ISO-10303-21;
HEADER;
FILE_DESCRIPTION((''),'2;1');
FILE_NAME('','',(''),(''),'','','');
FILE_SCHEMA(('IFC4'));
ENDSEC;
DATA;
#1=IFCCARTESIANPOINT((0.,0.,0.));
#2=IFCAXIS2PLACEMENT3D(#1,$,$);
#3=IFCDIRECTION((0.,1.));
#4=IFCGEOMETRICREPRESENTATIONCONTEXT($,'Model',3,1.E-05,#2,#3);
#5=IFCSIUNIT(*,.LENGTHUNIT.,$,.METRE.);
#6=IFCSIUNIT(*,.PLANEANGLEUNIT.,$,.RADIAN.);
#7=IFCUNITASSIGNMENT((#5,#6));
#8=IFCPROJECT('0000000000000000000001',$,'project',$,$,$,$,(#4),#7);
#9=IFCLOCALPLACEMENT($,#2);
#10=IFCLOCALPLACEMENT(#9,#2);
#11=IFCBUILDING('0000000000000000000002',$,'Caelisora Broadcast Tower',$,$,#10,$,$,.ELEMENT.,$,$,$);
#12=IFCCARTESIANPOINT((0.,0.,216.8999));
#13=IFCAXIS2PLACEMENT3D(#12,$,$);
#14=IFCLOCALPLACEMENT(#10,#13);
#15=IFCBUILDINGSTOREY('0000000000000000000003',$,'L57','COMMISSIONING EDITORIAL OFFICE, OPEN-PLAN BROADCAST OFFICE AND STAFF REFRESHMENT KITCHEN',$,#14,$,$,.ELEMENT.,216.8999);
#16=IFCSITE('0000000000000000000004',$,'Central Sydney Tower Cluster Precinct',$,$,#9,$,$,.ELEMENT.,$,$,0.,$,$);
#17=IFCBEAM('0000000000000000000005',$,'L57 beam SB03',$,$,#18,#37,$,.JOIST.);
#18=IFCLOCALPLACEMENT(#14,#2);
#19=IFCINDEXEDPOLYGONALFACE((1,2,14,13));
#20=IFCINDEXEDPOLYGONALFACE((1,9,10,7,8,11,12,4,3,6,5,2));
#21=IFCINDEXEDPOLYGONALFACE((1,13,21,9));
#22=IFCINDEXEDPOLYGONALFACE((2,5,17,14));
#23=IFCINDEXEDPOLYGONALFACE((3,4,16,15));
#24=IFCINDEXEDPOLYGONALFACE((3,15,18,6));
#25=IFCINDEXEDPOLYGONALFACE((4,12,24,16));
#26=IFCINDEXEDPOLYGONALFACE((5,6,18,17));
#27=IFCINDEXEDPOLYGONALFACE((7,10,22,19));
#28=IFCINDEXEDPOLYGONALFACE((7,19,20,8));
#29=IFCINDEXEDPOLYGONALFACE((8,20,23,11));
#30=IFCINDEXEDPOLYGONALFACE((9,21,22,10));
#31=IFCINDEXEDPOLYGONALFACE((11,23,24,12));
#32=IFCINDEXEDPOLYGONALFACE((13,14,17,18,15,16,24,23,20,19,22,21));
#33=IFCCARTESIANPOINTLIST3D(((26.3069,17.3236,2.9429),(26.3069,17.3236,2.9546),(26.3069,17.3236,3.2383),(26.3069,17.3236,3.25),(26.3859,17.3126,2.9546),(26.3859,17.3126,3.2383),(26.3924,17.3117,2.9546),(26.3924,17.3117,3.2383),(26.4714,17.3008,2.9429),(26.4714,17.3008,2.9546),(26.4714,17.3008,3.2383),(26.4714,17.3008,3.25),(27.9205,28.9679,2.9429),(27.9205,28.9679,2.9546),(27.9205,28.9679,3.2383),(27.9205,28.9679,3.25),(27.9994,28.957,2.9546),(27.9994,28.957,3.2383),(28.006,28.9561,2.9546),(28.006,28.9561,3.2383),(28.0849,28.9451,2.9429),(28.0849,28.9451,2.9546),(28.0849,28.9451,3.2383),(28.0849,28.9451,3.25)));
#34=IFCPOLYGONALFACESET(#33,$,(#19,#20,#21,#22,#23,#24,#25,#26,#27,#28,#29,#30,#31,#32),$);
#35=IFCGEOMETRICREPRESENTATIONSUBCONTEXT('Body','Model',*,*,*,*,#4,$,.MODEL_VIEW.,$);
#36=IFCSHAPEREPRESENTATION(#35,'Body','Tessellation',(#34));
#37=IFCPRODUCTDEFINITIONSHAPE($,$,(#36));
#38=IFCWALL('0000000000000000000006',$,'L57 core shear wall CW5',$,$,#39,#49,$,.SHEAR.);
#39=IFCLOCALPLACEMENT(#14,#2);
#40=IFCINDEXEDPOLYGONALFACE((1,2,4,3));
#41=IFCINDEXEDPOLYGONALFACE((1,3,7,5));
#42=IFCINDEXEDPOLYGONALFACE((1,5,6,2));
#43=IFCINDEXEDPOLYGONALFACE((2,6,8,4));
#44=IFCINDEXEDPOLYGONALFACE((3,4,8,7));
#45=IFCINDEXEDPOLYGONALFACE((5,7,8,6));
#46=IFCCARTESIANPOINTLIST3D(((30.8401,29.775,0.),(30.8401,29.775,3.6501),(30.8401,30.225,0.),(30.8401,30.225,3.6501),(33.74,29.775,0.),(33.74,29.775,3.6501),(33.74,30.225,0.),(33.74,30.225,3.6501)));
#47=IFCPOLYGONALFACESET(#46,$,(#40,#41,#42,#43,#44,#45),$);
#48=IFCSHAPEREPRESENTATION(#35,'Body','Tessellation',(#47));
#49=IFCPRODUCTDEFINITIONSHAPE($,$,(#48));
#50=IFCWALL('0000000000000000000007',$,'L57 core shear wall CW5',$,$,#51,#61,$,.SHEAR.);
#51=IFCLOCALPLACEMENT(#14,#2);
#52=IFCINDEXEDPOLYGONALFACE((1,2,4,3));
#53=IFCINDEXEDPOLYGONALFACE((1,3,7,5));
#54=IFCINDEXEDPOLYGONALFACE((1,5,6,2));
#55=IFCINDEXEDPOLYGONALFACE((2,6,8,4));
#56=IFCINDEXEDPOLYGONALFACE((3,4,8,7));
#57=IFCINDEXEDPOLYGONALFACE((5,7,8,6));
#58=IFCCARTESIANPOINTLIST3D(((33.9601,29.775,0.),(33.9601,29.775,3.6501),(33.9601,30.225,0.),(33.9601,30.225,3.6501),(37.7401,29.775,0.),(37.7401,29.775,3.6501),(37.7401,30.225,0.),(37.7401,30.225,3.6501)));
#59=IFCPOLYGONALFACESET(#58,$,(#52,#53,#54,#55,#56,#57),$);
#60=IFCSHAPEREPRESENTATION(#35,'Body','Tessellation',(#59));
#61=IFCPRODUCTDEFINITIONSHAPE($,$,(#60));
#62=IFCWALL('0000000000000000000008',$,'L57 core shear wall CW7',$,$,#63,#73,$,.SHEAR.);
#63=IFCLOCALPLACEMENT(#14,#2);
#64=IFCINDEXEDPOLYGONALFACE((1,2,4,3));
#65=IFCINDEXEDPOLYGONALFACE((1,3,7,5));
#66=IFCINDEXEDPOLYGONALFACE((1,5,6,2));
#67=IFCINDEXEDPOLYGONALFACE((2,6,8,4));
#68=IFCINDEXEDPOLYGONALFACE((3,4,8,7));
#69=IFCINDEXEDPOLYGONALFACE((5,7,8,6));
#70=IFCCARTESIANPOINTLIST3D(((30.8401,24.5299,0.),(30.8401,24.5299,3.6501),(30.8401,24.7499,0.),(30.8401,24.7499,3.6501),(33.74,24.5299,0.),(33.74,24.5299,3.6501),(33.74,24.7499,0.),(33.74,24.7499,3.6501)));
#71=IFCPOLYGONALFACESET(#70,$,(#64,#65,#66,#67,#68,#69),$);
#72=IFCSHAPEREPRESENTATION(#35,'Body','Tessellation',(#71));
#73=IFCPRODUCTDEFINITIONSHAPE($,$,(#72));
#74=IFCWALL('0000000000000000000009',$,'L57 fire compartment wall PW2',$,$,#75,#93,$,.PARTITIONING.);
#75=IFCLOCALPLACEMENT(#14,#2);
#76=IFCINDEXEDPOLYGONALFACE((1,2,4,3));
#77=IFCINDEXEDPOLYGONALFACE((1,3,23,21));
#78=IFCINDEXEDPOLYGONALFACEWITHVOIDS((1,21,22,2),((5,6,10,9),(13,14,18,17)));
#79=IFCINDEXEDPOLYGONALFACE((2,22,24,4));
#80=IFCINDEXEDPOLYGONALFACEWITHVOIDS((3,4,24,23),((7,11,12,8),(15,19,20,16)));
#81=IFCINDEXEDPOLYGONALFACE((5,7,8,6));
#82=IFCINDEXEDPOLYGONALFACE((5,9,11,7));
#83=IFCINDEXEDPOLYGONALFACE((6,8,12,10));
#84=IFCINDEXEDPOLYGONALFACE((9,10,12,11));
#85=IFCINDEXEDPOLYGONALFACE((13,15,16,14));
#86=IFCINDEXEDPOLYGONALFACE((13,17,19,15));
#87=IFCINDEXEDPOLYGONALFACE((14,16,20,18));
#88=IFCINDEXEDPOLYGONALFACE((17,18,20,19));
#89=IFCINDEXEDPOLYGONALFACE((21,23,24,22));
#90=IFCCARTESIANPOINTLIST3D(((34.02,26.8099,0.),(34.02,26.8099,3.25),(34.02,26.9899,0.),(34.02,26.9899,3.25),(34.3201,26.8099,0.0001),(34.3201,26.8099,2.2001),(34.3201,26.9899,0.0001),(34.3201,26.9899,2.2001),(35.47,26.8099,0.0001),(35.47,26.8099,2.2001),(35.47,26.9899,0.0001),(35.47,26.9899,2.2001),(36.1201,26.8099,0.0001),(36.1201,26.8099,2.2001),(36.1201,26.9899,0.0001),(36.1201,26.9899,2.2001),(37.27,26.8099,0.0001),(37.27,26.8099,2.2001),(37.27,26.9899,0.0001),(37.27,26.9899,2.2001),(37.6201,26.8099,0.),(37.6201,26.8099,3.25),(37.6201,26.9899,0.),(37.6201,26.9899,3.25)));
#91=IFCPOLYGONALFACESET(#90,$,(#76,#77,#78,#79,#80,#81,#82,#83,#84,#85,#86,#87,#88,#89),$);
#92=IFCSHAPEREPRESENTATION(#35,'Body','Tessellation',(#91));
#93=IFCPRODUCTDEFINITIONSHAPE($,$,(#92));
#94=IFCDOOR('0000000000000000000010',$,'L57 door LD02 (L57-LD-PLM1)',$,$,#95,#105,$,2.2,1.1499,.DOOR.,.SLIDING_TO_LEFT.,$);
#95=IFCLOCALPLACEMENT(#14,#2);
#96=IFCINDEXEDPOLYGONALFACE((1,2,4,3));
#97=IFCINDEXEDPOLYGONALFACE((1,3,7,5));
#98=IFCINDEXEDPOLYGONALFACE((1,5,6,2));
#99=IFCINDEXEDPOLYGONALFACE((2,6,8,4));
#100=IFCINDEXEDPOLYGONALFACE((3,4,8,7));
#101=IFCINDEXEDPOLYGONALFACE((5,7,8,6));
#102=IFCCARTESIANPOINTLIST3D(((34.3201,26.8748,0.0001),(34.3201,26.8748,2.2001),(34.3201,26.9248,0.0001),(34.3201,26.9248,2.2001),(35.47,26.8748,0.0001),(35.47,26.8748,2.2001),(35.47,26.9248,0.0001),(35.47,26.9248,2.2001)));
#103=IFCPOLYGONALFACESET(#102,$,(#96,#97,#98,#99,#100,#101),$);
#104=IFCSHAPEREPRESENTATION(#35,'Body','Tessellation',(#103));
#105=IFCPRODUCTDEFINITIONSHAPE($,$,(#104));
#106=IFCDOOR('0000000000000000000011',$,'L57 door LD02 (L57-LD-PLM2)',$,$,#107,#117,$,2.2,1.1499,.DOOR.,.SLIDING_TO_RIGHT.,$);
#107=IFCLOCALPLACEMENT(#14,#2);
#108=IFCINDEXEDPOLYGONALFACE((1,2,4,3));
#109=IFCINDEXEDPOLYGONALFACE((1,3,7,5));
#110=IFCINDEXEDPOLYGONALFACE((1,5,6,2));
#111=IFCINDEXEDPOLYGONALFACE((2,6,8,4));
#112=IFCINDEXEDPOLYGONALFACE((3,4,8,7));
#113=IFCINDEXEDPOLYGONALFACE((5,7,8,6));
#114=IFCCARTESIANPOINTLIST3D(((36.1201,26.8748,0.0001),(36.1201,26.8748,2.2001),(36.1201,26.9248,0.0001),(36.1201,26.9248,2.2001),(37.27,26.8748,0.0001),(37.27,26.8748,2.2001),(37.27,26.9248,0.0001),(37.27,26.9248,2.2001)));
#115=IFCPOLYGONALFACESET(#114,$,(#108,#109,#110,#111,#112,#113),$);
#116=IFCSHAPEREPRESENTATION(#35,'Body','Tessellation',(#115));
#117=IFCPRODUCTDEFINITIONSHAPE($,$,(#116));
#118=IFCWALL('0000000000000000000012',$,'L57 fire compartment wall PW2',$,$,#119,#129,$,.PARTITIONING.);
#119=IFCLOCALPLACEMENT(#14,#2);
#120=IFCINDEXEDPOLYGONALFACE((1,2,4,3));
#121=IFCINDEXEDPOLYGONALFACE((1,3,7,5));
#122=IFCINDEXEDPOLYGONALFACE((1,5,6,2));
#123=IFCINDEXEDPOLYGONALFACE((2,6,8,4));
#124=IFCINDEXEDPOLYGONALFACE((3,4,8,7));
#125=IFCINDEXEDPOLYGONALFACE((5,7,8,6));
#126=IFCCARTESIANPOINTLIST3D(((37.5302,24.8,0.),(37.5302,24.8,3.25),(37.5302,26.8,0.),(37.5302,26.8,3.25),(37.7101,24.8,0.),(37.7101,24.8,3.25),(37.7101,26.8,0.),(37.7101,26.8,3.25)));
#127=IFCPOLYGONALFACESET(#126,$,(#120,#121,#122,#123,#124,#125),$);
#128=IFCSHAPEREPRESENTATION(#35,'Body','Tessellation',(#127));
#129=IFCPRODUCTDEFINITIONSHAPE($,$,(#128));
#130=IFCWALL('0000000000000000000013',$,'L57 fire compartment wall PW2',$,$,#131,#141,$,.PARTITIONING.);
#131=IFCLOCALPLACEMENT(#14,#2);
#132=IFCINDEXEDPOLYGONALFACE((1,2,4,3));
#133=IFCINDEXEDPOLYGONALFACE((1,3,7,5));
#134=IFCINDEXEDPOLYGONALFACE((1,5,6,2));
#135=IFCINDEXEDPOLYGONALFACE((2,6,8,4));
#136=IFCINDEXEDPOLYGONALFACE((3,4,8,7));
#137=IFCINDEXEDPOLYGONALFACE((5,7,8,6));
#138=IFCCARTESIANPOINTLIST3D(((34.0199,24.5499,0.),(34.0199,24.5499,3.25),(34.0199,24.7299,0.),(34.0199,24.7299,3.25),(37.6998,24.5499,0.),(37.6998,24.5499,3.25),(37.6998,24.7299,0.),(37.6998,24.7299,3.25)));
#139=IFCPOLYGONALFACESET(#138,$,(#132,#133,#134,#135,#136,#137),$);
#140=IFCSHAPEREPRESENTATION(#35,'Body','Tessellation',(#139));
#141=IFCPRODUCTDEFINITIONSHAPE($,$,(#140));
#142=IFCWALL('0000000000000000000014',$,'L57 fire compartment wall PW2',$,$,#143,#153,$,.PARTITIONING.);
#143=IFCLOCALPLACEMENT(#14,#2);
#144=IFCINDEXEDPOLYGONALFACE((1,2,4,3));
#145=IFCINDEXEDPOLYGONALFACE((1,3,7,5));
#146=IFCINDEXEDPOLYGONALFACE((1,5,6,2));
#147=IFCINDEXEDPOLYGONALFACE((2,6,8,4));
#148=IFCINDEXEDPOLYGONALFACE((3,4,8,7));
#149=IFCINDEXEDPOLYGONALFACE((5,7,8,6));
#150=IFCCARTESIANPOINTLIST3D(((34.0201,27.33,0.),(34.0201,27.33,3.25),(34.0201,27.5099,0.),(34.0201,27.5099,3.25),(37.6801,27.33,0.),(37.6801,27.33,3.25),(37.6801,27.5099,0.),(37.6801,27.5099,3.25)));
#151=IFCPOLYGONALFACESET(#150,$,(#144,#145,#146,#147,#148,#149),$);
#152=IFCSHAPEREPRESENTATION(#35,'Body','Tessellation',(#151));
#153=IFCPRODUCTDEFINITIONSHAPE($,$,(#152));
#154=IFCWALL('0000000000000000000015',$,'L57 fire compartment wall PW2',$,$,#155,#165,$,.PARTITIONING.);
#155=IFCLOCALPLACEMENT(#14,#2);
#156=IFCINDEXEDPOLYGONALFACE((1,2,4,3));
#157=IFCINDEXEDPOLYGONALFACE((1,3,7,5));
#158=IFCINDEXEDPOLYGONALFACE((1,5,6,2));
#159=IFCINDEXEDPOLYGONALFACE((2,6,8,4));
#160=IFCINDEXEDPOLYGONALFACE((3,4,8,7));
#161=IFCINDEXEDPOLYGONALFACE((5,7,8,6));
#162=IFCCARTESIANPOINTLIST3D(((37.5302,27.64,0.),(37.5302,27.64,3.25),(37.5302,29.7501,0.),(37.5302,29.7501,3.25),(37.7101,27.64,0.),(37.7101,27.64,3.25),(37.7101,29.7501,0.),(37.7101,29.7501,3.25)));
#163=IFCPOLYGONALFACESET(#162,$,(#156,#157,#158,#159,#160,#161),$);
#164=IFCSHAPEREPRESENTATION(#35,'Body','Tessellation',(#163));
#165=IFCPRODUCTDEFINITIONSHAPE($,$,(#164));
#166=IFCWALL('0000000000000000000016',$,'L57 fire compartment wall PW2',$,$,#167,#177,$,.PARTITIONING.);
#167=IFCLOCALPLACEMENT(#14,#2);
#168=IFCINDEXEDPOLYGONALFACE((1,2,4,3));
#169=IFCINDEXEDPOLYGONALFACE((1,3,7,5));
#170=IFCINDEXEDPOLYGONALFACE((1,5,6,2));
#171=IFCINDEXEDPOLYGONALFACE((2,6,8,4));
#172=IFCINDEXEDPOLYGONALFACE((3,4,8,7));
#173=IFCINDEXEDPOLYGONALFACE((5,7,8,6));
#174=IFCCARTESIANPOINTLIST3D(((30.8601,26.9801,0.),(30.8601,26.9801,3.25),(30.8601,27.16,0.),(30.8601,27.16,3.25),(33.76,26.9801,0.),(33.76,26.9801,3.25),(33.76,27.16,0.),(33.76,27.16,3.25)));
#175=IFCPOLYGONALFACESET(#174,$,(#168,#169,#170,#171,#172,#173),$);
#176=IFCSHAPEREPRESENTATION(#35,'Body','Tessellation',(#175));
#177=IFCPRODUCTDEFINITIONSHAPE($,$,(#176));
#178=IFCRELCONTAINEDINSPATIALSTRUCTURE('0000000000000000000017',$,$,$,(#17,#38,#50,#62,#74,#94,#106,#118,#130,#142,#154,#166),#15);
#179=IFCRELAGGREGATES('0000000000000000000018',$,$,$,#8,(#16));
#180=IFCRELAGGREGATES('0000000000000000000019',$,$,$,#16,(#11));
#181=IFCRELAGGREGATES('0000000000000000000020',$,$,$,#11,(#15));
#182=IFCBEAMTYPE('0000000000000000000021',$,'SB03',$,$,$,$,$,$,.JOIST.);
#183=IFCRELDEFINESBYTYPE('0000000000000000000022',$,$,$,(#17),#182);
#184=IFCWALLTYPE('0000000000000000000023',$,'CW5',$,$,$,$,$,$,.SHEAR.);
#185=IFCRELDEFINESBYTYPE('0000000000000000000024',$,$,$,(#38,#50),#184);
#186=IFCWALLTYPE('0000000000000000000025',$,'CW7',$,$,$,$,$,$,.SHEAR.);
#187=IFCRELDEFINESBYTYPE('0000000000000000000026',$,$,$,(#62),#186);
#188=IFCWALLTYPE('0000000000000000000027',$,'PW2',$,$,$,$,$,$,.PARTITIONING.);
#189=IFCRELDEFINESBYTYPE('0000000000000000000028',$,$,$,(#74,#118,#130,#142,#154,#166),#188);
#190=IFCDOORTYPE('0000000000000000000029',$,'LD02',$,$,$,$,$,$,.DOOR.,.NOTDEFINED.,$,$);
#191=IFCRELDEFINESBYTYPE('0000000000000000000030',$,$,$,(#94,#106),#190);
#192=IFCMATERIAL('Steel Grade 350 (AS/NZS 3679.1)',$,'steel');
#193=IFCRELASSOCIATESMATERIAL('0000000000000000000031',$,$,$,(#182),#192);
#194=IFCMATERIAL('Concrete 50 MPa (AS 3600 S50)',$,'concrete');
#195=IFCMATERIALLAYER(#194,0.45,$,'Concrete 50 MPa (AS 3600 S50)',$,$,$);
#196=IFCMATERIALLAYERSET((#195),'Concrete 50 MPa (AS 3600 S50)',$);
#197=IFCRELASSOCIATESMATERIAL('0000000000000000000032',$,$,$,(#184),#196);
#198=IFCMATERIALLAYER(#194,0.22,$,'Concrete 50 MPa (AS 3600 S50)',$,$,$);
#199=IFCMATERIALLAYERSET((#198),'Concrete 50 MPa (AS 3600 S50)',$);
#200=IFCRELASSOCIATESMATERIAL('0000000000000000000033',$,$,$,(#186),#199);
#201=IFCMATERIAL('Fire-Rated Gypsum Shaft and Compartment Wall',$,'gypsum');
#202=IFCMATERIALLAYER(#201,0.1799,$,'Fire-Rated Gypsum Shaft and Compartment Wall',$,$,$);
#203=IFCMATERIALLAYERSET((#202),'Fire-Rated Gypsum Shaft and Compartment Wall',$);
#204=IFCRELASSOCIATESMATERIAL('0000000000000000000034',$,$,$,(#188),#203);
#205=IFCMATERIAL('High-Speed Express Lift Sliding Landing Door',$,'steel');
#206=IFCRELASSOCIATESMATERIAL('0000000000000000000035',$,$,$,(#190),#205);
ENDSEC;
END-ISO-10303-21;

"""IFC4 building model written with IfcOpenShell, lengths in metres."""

from ifc_helpers import new_model, si_unit, direction, frame, frame_2d, origin, origin_2d, place, context, subcontext, project, spatial, rectangle, i_section, extrude, source, transform, mapped, material, layer, layer_set, material_profile, profile_set, type_object, element, fill, save


model = new_model("IFC4")

# Units and contexts
model_context = context("Model", 3, precision=1e-05, world=origin(), true_north=direction((0.0, 1.0)))
body_context = subcontext(model_context, "Body", "Model", "MODEL_VIEW")
ifc_project = project(units=[si_unit("LENGTHUNIT", "METRE"), si_unit("PLANEANGLEUNIT", "RADIAN")], contexts=[model_context])

# Site, building, storey
site_placement = place(None, origin())
site = spatial("IfcSite", under=ifc_project, at=site_placement, Name="Central Sydney Tower Cluster Precinct", CompositionType="ELEMENT", RefElevation=0.0)
building_placement = place(site_placement, origin())
building = spatial("IfcBuilding", under=site, at=building_placement, Name="Caelisora Broadcast Tower", CompositionType="ELEMENT")
storey_placement = place(building_placement, frame((0.0, 0.0, 216.8999)))
storey = spatial("IfcBuildingStorey", under=building, at=storey_placement, Name="L57", Description="COMMISSIONING EDITORIAL OFFICE, OPEN-PLAN BROADCAST OFFICE AND STAFF REFRESHMENT KITCHEN", CompositionType="ELEMENT", Elevation=216.8999)

# Beam
ifc_material_1 = material(Name="Concrete 50 MPa (AS 3600 S50)", Category="concrete")
ifc_material_2 = material(Name="Steel Grade 350 (AS/NZS 3679.1)", Category="steel")
ifc_material_profile_1 = material_profile(ifc_material_2, i_section(OverallWidth=0.166, OverallDepth=0.3071, WebThickness=0.0066, FlangeThickness=0.0117, at=origin_2d()), Name="Steel Grade 350 (AS/NZS 3679.1)")
ifc_profile_set_1 = profile_set([ifc_material_profile_1], Name="Steel Grade 350 (AS/NZS 3679.1)")
beam_type_1 = type_object("IfcBeamType", Name="SB03", PredefinedType="JOIST", material=ifc_profile_set_1)
shared_shape_1 = source(origin(), body_context, "Body", "SweptSolid", [
    extrude(i_section(OverallWidth=0.166, OverallDepth=0.3071, WebThickness=0.0066, FlangeThickness=0.0117, at=origin_2d()), origin(), (0.0, 0.0, 1.0), 11.7556),
])
beam_1_placement = place(storey_placement, frame((28.0027, 28.9565, 3.0964), z_axis=(-0.137257, -0.990536, 0.0), x_axis=(0.990536, -0.137257, 0.0)))
element("IfcBeam", 1, at=beam_1_placement, inside=storey, type_object=beam_type_1, Name="L57 beam SB03", PredefinedType="JOIST", context=body_context, shape_type="MappedRepresentation", body=[
    mapped(shared_shape_1, transform((0.0, 0.0, 0.0), scale=1.0)),
])

# Walls
ifc_layer_1 = layer(ifc_material_1, 0.45, Name="Concrete 50 MPa (AS 3600 S50)")
ifc_layer_set_1 = layer_set([ifc_layer_1], Name="Concrete 50 MPa (AS 3600 S50)")
wall_type_1 = type_object("IfcWallType", Name="CW5", PredefinedType="SHEAR", material=ifc_layer_set_1)
wall_1_placement = place(storey_placement, frame((30.8401, 30.0, 0.0), z_axis=(0.0, 0.0, 1.0), x_axis=(1.0, 0.0, 0.0)))
element("IfcWall", 2, at=wall_1_placement, inside=storey, type_object=wall_type_1, Name="L57 core shear wall CW5", PredefinedType="SHEAR", context=body_context, shape_type="SweptSolid", body=[
    extrude(rectangle(XDim=2.8999, YDim=0.45, at=frame_2d((1.45, 0.0))), origin(), (0.0, 0.0, 1.0), 3.6501),
])
wall_2_placement = place(storey_placement, frame((33.96, 30.0, 0.0), z_axis=(0.0, 0.0, 1.0), x_axis=(1.0, 0.0, 0.0)))
element("IfcWall", 3, at=wall_2_placement, inside=storey, type_object=wall_type_1, Name="L57 core shear wall CW5", PredefinedType="SHEAR", context=body_context, shape_type="SweptSolid", body=[
    extrude(rectangle(XDim=3.78, YDim=0.45, at=frame_2d((1.8901, 0.0))), origin(), (0.0, 0.0, 1.0), 3.6501),
])
ifc_layer_2 = layer(ifc_material_1, 0.22, Name="Concrete 50 MPa (AS 3600 S50)")
ifc_layer_set_2 = layer_set([ifc_layer_2], Name="Concrete 50 MPa (AS 3600 S50)")
wall_type_2 = type_object("IfcWallType", Name="CW7", PredefinedType="SHEAR", material=ifc_layer_set_2)
wall_3_placement = place(storey_placement, frame((30.8401, 24.6399, 0.0), z_axis=(0.0, 0.0, 1.0), x_axis=(1.0, 0.0, 0.0)))
element("IfcWall", 4, at=wall_3_placement, inside=storey, type_object=wall_type_2, Name="L57 core shear wall CW7", PredefinedType="SHEAR", context=body_context, shape_type="SweptSolid", body=[
    extrude(rectangle(XDim=2.8999, YDim=0.22, at=frame_2d((1.45, 0.0))), origin(), (0.0, 0.0, 1.0), 3.6501),
])

# Wall, openings, doors
ifc_material_3 = material(Name="Fire-Rated Gypsum Shaft and Compartment Wall", Category="gypsum")
ifc_layer_3 = layer(ifc_material_3, 0.1799, Name="Fire-Rated Gypsum Shaft and Compartment Wall")
ifc_layer_set_3 = layer_set([ifc_layer_3], Name="Fire-Rated Gypsum Shaft and Compartment Wall")
wall_type_3 = type_object("IfcWallType", Name="PW2", PredefinedType="PARTITIONING", material=ifc_layer_set_3)
wall_4_placement = place(storey_placement, frame((34.02, 26.8999, 0.0), z_axis=(0.0, 0.0, 1.0), x_axis=(1.0, 0.0, 0.0)))
wall_4 = element("IfcWall", 5, at=wall_4_placement, inside=storey, type_object=wall_type_3, Name="L57 fire compartment wall PW2", PredefinedType="PARTITIONING", context=body_context, shape_type="SweptSolid", body=[
    extrude(rectangle(XDim=3.6001, YDim=0.1799, at=frame_2d((1.8, 0.0))), origin(), (0.0, 0.0, 1.0), 3.25),
])
opening_1_placement = place(wall_4_placement, frame((0.3, 0.0, 0.0)))
opening_1 = element("IfcOpeningElement", 6, at=opening_1_placement, cuts=wall_4, PredefinedType="OPENING", context=body_context, shape_type="SweptSolid", body=[
    extrude(rectangle(XDim=1.1499, YDim=2.2, at=frame_2d((0.575, 1.1001))), frame((0.0, 0.1021, 0.0), z_axis=(0.0, -1.0, 0.0), x_axis=(1.0, 0.0, 0.0)), (0.0, 0.0, 1.0), 0.2039),
])
opening_2_placement = place(wall_4_placement, frame((2.1001, 0.0, 0.0)))
opening_2 = element("IfcOpeningElement", 7, at=opening_2_placement, cuts=wall_4, PredefinedType="OPENING", context=body_context, shape_type="SweptSolid", body=[
    extrude(rectangle(XDim=1.1499, YDim=2.2, at=frame_2d((0.575, 1.1001))), frame((0.0, 0.1021, 0.0), z_axis=(0.0, -1.0, 0.0), x_axis=(1.0, 0.0, 0.0)), (0.0, 0.0, 1.0), 0.2039),
])
ifc_material_4 = material(Name="High-Speed Express Lift Sliding Landing Door", Category="steel")
door_type = type_object("IfcDoorType", Name="LD02", OperationType="NOTDEFINED", PredefinedType="DOOR", material=ifc_material_4)
door_1_placement = place(opening_1_placement, origin())
door_1 = element("IfcDoor", 8, at=door_1_placement, inside=storey, type_object=door_type, Name="L57 door LD02 (L57-LD-PLM1)", OperationType="SLIDING_TO_LEFT", OverallHeight=2.2, OverallWidth=1.1499, PredefinedType="DOOR", context=body_context, shape_type="SweptSolid", body=[
    extrude(rectangle(XDim=1.1499, YDim=2.2, at=frame_2d((0.575, 1.1001))), frame((0.0, 0.0249, 0.0), z_axis=(0.0, -1.0, 0.0), x_axis=(1.0, 0.0, 0.0)), (0.0, 0.0, 1.0), 0.05),
])
fill(opening_1, door_1)
door_2_placement = place(opening_2_placement, origin())
door_2 = element("IfcDoor", 9, at=door_2_placement, inside=storey, type_object=door_type, Name="L57 door LD02 (L57-LD-PLM2)", OperationType="SLIDING_TO_RIGHT", OverallHeight=2.2, OverallWidth=1.1499, PredefinedType="DOOR", context=body_context, shape_type="SweptSolid", body=[
    extrude(rectangle(XDim=1.1499, YDim=2.2, at=frame_2d((0.575, 1.1001))), frame((0.0, 0.0249, 0.0), z_axis=(0.0, -1.0, 0.0), x_axis=(1.0, 0.0, 0.0)), (0.0, 0.0, 1.0), 0.05),
])
fill(opening_2, door_2)

# Walls
wall_5_placement = place(storey_placement, frame((37.6201, 24.8, 0.0), z_axis=(0.0, 0.0, 1.0), x_axis=(0.0, 1.0, 0.0)))
element("IfcWall", 10, at=wall_5_placement, inside=storey, type_object=wall_type_3, Name="L57 fire compartment wall PW2", PredefinedType="PARTITIONING", context=body_context, shape_type="SweptSolid", body=[
    extrude(rectangle(XDim=2.0, YDim=0.1799, at=frame_2d((1.0, 0.0))), origin(), (0.0, 0.0, 1.0), 3.25),
])
wall_6_placement = place(storey_placement, frame((34.02, 24.6399, 0.0), z_axis=(0.0, 0.0, 1.0), x_axis=(1.0, 0.0, 0.0)))
element("IfcWall", 11, at=wall_6_placement, inside=storey, type_object=wall_type_3, Name="L57 fire compartment wall PW2", PredefinedType="PARTITIONING", context=body_context, shape_type="SweptSolid", body=[
    extrude(rectangle(XDim=3.6799, YDim=0.1799, at=frame_2d((1.8398, 0.0))), origin(), (0.0, 0.0, 1.0), 3.25),
])
wall_7_placement = place(storey_placement, frame((34.02, 27.4199, 0.0), z_axis=(0.0, 0.0, 1.0), x_axis=(1.0, 0.0, 0.0)))
element("IfcWall", 12, at=wall_7_placement, inside=storey, type_object=wall_type_3, Name="L57 fire compartment wall PW2", PredefinedType="PARTITIONING", context=body_context, shape_type="SweptSolid", body=[
    extrude(rectangle(XDim=3.6599, YDim=0.1799, at=frame_2d((1.8301, 0.0))), origin(), (0.0, 0.0, 1.0), 3.25),
])
wall_8_placement = place(storey_placement, frame((37.6201, 27.6399, 0.0), z_axis=(0.0, 0.0, 1.0), x_axis=(0.0, 1.0, 0.0)))
element("IfcWall", 13, at=wall_8_placement, inside=storey, type_object=wall_type_3, Name="L57 fire compartment wall PW2", PredefinedType="PARTITIONING", context=body_context, shape_type="SweptSolid", body=[
    extrude(rectangle(XDim=2.1101, YDim=0.1799, at=frame_2d((1.0552, 0.0))), origin(), (0.0, 0.0, 1.0), 3.25),
])
wall_9_placement = place(storey_placement, frame((30.8601, 27.0701, 0.0), z_axis=(0.0, 0.0, 1.0), x_axis=(1.0, 0.0, 0.0)))
element("IfcWall", 14, at=wall_9_placement, inside=storey, type_object=wall_type_3, Name="L57 fire compartment wall PW2", PredefinedType="PARTITIONING", context=body_context, shape_type="SweptSolid", body=[
    extrude(rectangle(XDim=2.8999, YDim=0.1799, at=frame_2d((1.45, 0.0))), origin(), (0.0, 0.0, 1.0), 3.25),
])

save(model, "model.ifc")
